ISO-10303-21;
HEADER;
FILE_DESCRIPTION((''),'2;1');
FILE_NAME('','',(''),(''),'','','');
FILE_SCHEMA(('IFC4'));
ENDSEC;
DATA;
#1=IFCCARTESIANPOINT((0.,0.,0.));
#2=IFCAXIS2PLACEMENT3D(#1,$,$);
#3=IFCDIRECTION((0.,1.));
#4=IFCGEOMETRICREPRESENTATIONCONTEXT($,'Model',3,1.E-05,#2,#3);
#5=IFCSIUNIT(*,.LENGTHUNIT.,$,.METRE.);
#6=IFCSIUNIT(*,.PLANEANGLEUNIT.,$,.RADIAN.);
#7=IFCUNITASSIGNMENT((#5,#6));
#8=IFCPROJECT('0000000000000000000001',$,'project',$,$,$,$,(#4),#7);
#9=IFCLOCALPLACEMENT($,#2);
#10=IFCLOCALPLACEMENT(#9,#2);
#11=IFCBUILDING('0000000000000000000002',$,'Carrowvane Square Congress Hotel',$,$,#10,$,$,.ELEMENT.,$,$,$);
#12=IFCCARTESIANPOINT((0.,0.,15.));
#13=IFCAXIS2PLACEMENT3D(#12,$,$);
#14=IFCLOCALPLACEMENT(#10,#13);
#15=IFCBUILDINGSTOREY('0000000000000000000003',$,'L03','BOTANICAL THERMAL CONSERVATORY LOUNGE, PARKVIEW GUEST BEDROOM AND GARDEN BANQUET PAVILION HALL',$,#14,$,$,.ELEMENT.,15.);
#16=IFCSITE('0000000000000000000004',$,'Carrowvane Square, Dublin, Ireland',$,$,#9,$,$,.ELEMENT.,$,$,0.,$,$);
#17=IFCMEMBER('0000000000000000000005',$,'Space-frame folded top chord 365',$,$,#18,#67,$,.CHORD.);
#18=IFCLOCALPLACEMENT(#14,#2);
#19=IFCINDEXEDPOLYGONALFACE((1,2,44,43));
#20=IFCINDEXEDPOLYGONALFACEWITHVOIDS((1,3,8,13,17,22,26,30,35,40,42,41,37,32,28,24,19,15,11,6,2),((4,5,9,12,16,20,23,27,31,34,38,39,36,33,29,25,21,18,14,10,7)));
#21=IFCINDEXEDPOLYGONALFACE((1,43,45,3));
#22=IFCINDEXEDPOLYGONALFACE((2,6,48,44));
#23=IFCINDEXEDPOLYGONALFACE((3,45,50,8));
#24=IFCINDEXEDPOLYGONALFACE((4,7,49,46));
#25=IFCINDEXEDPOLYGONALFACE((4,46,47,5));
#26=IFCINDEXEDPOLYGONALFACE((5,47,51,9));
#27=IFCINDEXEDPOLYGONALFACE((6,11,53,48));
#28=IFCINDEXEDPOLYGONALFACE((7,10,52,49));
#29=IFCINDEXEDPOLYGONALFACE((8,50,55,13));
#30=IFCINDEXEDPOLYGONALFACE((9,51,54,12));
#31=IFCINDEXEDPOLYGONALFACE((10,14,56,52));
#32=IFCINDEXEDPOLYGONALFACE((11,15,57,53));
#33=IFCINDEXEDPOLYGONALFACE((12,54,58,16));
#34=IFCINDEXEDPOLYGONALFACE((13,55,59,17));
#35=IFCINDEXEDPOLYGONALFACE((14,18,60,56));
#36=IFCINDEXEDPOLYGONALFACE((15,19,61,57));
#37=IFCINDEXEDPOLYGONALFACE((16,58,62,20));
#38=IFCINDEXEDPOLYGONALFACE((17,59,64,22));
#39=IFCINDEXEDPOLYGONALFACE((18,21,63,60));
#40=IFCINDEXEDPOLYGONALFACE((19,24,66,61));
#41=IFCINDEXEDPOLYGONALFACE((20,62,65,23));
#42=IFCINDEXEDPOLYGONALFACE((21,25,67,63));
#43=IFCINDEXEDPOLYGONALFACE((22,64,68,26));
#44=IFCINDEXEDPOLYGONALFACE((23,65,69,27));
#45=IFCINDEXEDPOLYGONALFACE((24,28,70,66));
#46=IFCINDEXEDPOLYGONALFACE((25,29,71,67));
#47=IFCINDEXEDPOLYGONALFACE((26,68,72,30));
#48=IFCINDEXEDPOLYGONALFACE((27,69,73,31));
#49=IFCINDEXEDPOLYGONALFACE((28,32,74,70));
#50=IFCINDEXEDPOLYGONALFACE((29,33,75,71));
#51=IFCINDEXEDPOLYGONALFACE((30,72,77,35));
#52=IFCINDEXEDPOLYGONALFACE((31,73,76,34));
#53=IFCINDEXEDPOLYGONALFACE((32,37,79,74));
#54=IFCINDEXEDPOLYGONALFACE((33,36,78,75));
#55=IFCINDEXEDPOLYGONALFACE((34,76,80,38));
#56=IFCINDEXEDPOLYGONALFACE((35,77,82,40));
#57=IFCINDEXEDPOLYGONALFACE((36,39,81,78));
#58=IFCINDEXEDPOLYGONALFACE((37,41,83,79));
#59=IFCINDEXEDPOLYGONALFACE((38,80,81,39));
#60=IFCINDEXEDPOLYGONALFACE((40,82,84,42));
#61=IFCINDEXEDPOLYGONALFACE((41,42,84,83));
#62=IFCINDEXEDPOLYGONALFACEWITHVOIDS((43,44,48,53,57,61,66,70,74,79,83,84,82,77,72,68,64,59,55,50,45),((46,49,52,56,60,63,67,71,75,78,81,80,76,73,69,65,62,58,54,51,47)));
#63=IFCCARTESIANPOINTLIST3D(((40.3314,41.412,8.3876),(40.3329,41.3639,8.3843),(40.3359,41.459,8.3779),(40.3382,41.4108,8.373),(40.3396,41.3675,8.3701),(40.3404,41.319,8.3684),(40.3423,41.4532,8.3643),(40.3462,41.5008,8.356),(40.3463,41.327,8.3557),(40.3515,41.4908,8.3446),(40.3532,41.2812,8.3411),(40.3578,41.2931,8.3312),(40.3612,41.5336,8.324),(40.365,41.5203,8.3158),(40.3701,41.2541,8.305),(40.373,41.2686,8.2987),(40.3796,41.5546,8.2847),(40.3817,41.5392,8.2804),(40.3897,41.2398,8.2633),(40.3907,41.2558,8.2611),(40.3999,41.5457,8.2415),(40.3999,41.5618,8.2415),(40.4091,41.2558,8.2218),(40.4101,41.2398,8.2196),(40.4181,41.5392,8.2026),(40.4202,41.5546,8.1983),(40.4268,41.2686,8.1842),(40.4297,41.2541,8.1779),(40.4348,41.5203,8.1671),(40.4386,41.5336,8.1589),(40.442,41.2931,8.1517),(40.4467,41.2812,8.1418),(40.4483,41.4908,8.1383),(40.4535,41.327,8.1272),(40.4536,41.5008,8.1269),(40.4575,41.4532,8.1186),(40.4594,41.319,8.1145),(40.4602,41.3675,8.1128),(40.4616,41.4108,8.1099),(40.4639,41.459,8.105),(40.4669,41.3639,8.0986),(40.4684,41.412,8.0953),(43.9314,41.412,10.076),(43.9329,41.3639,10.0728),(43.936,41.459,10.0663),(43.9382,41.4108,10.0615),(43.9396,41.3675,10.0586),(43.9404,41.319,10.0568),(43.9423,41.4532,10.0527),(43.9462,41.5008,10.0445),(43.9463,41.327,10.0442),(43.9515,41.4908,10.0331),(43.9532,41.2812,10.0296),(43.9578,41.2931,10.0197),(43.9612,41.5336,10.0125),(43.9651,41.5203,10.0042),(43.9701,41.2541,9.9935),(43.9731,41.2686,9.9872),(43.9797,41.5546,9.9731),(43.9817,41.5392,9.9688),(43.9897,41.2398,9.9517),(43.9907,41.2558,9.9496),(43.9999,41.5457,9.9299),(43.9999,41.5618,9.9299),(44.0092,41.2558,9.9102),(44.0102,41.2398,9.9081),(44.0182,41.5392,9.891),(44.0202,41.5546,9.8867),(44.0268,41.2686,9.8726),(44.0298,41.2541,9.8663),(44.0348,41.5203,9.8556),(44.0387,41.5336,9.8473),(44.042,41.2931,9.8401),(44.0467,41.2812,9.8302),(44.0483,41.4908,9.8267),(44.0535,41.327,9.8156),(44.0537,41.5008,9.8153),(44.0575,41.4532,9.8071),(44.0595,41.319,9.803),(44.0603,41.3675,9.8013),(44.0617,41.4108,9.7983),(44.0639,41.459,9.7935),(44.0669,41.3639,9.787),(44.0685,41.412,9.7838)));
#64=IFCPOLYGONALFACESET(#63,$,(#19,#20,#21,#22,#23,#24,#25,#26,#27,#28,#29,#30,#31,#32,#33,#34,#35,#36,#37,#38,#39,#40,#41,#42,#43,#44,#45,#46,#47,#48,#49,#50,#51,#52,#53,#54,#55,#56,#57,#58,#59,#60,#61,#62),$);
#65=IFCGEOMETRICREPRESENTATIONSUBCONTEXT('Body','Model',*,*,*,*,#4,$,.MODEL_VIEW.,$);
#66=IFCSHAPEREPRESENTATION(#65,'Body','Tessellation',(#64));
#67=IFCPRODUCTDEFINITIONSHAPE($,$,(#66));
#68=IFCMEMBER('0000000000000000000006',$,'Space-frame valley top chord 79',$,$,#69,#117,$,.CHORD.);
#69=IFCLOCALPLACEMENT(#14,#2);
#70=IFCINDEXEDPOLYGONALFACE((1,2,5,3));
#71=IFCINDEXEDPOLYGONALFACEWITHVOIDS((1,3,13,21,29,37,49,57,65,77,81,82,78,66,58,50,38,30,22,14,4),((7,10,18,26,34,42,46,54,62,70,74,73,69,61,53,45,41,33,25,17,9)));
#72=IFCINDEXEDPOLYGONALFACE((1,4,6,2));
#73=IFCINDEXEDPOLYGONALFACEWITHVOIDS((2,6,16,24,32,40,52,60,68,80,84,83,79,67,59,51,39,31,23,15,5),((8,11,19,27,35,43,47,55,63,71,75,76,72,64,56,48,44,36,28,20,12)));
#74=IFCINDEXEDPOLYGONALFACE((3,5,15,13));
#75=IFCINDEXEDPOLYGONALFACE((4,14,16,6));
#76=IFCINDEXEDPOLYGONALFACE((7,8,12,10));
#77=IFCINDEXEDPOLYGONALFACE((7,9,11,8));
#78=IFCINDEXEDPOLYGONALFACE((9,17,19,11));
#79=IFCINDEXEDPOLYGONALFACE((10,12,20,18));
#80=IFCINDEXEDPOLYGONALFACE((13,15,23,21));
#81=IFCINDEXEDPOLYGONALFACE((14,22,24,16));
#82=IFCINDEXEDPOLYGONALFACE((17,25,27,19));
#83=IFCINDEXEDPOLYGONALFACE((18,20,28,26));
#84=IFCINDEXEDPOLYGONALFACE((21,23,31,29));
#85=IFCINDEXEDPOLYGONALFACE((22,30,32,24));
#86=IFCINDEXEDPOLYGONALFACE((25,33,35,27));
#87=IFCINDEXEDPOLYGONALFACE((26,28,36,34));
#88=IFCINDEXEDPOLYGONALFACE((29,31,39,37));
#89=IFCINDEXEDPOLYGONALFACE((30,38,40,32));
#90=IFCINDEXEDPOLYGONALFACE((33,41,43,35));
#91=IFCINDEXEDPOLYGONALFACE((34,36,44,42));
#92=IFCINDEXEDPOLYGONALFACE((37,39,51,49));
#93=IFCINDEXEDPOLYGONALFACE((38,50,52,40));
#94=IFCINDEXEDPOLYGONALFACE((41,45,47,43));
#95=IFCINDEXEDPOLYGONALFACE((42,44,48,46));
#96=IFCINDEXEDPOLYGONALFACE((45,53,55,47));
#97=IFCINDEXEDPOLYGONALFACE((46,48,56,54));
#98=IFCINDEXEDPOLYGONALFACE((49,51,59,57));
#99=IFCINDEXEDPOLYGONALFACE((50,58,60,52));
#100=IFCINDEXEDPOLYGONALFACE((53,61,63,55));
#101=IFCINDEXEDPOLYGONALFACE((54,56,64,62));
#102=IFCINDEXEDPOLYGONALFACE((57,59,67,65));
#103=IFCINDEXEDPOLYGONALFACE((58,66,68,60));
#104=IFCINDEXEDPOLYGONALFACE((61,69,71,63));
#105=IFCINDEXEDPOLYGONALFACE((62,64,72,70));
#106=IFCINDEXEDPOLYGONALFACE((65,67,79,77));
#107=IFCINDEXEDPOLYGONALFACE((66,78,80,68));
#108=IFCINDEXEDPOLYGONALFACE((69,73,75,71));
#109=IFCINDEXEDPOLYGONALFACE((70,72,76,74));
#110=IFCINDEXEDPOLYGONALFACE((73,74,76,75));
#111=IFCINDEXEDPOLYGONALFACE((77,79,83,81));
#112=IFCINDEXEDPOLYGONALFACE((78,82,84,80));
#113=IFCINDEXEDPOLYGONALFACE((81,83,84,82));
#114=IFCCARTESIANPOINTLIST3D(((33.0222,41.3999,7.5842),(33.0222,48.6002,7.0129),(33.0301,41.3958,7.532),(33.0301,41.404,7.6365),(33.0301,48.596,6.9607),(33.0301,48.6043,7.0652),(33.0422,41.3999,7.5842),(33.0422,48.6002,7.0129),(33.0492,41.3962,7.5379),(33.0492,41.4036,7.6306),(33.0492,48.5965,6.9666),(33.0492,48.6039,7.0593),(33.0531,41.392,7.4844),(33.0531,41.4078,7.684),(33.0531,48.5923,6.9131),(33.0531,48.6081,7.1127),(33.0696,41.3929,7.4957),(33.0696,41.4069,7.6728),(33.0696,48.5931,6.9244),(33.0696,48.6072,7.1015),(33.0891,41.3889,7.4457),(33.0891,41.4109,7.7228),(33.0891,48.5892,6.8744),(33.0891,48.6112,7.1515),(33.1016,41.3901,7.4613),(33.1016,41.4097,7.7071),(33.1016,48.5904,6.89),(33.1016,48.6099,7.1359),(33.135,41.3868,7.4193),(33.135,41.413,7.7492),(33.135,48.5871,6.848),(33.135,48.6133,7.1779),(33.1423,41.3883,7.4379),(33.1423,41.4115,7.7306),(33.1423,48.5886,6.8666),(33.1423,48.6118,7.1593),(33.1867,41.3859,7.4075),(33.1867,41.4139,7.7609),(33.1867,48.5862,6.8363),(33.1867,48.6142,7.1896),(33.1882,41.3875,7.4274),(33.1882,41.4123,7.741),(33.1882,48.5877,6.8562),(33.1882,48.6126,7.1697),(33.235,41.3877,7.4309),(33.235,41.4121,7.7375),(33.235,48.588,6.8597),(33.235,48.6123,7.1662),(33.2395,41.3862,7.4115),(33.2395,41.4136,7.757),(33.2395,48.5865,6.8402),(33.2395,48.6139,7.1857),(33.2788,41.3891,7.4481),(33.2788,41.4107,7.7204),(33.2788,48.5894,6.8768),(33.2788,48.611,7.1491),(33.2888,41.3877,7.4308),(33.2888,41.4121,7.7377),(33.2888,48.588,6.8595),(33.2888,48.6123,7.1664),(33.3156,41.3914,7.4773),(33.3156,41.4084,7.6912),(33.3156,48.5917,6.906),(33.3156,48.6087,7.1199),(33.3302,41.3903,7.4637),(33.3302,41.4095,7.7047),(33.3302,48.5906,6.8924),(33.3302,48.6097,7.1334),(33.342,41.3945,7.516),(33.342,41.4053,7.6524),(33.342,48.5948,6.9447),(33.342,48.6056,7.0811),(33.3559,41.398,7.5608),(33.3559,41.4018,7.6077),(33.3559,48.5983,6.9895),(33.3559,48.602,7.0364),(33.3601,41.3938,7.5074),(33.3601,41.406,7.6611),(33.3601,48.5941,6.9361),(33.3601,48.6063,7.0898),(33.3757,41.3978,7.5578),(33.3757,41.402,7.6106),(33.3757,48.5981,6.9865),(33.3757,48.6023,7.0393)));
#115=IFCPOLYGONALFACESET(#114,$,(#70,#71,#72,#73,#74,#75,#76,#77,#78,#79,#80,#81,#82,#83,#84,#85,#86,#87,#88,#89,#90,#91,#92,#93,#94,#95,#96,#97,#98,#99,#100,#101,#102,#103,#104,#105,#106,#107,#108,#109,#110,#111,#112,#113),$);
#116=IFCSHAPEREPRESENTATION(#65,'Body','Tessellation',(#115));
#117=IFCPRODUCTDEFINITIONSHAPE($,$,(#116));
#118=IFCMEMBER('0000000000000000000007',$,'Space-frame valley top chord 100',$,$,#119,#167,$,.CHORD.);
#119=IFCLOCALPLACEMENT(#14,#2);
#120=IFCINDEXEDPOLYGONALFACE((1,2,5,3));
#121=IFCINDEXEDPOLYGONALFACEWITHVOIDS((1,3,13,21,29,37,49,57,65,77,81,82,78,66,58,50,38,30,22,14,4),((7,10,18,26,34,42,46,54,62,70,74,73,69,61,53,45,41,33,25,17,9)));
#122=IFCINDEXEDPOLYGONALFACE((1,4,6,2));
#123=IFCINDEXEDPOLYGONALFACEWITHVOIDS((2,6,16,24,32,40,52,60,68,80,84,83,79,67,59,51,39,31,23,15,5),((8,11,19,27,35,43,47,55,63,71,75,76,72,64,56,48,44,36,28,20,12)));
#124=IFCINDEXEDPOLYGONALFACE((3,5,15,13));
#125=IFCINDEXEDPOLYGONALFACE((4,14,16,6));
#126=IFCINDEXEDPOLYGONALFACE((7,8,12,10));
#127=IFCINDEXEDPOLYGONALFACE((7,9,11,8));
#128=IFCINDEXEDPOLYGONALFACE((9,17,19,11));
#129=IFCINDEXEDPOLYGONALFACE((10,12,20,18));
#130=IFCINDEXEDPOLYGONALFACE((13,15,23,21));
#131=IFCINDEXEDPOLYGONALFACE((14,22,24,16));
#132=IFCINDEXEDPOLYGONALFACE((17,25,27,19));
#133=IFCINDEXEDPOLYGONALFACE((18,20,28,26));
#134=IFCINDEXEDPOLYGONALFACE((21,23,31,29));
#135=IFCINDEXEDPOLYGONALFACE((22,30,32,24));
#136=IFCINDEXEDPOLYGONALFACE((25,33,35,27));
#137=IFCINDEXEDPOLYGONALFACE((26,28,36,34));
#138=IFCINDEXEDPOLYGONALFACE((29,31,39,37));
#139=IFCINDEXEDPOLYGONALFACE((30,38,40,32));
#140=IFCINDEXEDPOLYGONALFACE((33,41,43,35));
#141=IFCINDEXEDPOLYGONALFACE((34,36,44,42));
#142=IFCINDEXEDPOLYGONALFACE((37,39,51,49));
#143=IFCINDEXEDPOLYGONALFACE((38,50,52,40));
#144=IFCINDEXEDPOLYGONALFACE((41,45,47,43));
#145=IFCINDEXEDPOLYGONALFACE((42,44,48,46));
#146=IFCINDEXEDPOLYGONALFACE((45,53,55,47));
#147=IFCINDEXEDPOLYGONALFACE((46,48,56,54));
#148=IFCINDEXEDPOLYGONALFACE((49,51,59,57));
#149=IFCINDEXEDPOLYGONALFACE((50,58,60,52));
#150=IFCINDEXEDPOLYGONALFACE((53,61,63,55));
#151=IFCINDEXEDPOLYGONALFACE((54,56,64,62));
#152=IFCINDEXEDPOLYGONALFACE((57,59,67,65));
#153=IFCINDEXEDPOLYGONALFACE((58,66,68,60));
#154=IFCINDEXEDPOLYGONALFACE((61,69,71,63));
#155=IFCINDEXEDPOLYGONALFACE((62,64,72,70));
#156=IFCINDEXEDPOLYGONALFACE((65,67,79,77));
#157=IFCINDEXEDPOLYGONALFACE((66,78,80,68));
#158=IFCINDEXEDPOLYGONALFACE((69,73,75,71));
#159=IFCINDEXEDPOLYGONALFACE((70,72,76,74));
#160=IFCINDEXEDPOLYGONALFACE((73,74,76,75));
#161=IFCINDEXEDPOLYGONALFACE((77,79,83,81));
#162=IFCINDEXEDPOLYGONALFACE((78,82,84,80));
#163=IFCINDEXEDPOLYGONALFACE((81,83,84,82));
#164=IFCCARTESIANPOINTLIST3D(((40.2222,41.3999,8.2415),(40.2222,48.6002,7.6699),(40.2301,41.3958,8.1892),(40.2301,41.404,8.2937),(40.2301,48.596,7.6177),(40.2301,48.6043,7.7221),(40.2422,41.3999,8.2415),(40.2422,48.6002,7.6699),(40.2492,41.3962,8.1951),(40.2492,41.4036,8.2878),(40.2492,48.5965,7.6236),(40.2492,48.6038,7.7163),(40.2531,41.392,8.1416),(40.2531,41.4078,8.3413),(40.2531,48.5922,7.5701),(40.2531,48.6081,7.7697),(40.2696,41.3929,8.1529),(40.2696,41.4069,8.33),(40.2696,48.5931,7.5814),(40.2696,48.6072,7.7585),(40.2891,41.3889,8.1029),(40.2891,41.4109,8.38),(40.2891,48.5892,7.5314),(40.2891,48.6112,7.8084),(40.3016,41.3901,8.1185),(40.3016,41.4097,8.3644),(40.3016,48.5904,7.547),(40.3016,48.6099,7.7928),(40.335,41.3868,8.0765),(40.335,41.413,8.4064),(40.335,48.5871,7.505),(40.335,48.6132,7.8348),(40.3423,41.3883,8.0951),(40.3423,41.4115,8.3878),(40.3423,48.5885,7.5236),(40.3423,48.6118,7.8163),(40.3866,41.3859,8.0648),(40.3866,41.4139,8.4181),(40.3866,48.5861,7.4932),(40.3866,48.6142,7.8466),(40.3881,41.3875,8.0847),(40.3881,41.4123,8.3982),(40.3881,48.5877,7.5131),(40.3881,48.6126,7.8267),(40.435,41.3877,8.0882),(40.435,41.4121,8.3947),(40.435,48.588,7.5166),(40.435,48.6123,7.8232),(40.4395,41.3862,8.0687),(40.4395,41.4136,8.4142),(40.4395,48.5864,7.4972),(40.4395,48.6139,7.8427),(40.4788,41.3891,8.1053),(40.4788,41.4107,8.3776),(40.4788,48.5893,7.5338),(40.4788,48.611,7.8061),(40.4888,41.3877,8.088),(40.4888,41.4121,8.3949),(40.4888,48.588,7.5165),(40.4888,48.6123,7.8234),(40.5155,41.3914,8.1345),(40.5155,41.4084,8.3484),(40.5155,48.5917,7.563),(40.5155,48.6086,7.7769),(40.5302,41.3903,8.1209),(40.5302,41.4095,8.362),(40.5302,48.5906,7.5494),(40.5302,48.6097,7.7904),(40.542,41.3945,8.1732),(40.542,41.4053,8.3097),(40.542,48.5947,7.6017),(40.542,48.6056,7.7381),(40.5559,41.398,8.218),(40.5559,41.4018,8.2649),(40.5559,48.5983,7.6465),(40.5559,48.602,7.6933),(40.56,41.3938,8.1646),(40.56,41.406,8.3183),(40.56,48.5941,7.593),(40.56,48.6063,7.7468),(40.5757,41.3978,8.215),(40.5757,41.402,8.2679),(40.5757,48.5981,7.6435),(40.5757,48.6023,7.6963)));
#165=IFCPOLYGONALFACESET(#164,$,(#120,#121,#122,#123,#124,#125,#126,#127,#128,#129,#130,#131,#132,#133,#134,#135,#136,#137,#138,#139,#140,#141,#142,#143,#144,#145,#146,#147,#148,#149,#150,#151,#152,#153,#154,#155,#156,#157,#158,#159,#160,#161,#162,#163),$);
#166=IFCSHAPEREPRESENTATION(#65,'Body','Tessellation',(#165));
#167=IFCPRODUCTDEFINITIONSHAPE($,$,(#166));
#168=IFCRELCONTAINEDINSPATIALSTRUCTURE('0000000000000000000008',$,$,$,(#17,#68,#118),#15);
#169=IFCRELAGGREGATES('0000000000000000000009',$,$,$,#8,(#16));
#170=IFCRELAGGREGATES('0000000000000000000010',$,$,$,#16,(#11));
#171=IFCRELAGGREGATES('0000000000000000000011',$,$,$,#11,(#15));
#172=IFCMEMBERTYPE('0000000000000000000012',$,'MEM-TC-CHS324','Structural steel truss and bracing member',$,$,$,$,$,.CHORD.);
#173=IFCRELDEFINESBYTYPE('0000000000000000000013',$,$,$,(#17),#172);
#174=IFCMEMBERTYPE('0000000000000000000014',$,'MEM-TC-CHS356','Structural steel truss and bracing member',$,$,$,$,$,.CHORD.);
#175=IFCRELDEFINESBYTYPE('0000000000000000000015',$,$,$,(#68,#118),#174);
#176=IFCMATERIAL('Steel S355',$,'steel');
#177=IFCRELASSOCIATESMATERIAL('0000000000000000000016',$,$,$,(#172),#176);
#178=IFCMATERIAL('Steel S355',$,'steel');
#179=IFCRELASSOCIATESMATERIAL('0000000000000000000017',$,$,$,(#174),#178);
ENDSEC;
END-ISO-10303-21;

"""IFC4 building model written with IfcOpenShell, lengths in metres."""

from ifc_helpers import new_model, si_unit, direction, frame, origin, origin_2d, place, context, subcontext, project, spatial, hollow_circle, extrude, material, material_profile, profile_set, type_object, element, save


model = new_model("IFC4")

# Units and contexts
model_context = context("Model", 3, precision=1e-05, world=origin(), true_north=direction((0.0, 1.0)))
body_context = subcontext(model_context, "Body", "Model", "MODEL_VIEW")
ifc_project = project(units=[si_unit("LENGTHUNIT", "METRE"), si_unit("PLANEANGLEUNIT", "RADIAN")], contexts=[model_context])

# Site, building, storey
site_placement = place(None, origin())
site = spatial("IfcSite", under=ifc_project, at=site_placement, Name="Carrowvane Square, Dublin, Ireland", CompositionType="ELEMENT", RefElevation=0.0)
building_placement = place(site_placement, origin())
building = spatial("IfcBuilding", under=site, at=building_placement, Name="Carrowvane Square Congress Hotel", CompositionType="ELEMENT")
storey_placement = place(building_placement, frame((0.0, 0.0, 15.0)))
storey = spatial("IfcBuildingStorey", under=building, at=storey_placement, Name="L03", Description="BOTANICAL THERMAL CONSERVATORY LOUNGE, PARKVIEW GUEST BEDROOM AND GARDEN BANQUET PAVILION HALL", CompositionType="ELEMENT", Elevation=15.0)

# Members
ifc_material_1 = material(Name="Steel S355", Category="steel")
ifc_material_profile_1 = material_profile(ifc_material_1, hollow_circle(Radius=0.1619, WallThickness=0.0161, at=origin_2d()), Name="CHS 323.9x16")
ifc_profile_set_1 = profile_set([ifc_material_profile_1], Name="Steel S355")
member_type_1 = type_object("IfcMemberType", Name="MEM-TC-CHS324", Description="Structural steel truss and bracing member", PredefinedType="CHORD", material=ifc_profile_set_1)
member_1_placement = place(storey_placement, frame((40.3999, 41.3999, 8.2415), z_axis=(0.905369, 0.0, 0.424626), x_axis=(0.0, 1.0, 0.0)))
element("IfcMember", 1, at=member_1_placement, inside=storey, type_object=member_type_1, Name="Space-frame folded top chord 365", PredefinedType="CHORD", context=body_context, shape_type="SweptSolid", body=[
    extrude(hollow_circle(Radius=0.1619, WallThickness=0.0161, at=origin_2d()), origin(), (0.0, 0.0, 1.0), 3.9763),
])
ifc_material_2 = material(Name="Steel S355", Category="steel")
ifc_material_profile_2 = material_profile(ifc_material_2, hollow_circle(Radius=0.1777, WallThickness=0.02, at=origin_2d()), Name="CHS 355.6x20")
ifc_profile_set_2 = profile_set([ifc_material_profile_2], Name="Steel S355")
member_type_2 = type_object("IfcMemberType", Name="MEM-TC-CHS356", Description="Structural steel truss and bracing member", PredefinedType="CHORD", material=ifc_profile_set_2)
for number, where, z_axis, x_axis, name in (
    (2, (33.2, 41.3999, 7.5842), (0.0, 0.996867, -0.079095), (-1.0, 0.0, 0.0), "Space-frame valley top chord 79"),
    (3, (40.3999, 41.3999, 8.2415), (0.0, 0.996864, -0.079129), (-1.0, 0.0, 0.0), "Space-frame valley top chord 100"),
):
    element("IfcMember", number, at=place(storey_placement, frame(where, z_axis=z_axis, x_axis=x_axis)), inside=storey, type_object=member_type_2, Name=name, PredefinedType="CHORD", context=body_context, shape_type="SweptSolid", body=[
        extrude(hollow_circle(Radius=0.1777, WallThickness=0.02, at=origin_2d()), origin(), (0.0, 0.0, 1.0), 7.2229),
    ])

save(model, "model.ifc")
